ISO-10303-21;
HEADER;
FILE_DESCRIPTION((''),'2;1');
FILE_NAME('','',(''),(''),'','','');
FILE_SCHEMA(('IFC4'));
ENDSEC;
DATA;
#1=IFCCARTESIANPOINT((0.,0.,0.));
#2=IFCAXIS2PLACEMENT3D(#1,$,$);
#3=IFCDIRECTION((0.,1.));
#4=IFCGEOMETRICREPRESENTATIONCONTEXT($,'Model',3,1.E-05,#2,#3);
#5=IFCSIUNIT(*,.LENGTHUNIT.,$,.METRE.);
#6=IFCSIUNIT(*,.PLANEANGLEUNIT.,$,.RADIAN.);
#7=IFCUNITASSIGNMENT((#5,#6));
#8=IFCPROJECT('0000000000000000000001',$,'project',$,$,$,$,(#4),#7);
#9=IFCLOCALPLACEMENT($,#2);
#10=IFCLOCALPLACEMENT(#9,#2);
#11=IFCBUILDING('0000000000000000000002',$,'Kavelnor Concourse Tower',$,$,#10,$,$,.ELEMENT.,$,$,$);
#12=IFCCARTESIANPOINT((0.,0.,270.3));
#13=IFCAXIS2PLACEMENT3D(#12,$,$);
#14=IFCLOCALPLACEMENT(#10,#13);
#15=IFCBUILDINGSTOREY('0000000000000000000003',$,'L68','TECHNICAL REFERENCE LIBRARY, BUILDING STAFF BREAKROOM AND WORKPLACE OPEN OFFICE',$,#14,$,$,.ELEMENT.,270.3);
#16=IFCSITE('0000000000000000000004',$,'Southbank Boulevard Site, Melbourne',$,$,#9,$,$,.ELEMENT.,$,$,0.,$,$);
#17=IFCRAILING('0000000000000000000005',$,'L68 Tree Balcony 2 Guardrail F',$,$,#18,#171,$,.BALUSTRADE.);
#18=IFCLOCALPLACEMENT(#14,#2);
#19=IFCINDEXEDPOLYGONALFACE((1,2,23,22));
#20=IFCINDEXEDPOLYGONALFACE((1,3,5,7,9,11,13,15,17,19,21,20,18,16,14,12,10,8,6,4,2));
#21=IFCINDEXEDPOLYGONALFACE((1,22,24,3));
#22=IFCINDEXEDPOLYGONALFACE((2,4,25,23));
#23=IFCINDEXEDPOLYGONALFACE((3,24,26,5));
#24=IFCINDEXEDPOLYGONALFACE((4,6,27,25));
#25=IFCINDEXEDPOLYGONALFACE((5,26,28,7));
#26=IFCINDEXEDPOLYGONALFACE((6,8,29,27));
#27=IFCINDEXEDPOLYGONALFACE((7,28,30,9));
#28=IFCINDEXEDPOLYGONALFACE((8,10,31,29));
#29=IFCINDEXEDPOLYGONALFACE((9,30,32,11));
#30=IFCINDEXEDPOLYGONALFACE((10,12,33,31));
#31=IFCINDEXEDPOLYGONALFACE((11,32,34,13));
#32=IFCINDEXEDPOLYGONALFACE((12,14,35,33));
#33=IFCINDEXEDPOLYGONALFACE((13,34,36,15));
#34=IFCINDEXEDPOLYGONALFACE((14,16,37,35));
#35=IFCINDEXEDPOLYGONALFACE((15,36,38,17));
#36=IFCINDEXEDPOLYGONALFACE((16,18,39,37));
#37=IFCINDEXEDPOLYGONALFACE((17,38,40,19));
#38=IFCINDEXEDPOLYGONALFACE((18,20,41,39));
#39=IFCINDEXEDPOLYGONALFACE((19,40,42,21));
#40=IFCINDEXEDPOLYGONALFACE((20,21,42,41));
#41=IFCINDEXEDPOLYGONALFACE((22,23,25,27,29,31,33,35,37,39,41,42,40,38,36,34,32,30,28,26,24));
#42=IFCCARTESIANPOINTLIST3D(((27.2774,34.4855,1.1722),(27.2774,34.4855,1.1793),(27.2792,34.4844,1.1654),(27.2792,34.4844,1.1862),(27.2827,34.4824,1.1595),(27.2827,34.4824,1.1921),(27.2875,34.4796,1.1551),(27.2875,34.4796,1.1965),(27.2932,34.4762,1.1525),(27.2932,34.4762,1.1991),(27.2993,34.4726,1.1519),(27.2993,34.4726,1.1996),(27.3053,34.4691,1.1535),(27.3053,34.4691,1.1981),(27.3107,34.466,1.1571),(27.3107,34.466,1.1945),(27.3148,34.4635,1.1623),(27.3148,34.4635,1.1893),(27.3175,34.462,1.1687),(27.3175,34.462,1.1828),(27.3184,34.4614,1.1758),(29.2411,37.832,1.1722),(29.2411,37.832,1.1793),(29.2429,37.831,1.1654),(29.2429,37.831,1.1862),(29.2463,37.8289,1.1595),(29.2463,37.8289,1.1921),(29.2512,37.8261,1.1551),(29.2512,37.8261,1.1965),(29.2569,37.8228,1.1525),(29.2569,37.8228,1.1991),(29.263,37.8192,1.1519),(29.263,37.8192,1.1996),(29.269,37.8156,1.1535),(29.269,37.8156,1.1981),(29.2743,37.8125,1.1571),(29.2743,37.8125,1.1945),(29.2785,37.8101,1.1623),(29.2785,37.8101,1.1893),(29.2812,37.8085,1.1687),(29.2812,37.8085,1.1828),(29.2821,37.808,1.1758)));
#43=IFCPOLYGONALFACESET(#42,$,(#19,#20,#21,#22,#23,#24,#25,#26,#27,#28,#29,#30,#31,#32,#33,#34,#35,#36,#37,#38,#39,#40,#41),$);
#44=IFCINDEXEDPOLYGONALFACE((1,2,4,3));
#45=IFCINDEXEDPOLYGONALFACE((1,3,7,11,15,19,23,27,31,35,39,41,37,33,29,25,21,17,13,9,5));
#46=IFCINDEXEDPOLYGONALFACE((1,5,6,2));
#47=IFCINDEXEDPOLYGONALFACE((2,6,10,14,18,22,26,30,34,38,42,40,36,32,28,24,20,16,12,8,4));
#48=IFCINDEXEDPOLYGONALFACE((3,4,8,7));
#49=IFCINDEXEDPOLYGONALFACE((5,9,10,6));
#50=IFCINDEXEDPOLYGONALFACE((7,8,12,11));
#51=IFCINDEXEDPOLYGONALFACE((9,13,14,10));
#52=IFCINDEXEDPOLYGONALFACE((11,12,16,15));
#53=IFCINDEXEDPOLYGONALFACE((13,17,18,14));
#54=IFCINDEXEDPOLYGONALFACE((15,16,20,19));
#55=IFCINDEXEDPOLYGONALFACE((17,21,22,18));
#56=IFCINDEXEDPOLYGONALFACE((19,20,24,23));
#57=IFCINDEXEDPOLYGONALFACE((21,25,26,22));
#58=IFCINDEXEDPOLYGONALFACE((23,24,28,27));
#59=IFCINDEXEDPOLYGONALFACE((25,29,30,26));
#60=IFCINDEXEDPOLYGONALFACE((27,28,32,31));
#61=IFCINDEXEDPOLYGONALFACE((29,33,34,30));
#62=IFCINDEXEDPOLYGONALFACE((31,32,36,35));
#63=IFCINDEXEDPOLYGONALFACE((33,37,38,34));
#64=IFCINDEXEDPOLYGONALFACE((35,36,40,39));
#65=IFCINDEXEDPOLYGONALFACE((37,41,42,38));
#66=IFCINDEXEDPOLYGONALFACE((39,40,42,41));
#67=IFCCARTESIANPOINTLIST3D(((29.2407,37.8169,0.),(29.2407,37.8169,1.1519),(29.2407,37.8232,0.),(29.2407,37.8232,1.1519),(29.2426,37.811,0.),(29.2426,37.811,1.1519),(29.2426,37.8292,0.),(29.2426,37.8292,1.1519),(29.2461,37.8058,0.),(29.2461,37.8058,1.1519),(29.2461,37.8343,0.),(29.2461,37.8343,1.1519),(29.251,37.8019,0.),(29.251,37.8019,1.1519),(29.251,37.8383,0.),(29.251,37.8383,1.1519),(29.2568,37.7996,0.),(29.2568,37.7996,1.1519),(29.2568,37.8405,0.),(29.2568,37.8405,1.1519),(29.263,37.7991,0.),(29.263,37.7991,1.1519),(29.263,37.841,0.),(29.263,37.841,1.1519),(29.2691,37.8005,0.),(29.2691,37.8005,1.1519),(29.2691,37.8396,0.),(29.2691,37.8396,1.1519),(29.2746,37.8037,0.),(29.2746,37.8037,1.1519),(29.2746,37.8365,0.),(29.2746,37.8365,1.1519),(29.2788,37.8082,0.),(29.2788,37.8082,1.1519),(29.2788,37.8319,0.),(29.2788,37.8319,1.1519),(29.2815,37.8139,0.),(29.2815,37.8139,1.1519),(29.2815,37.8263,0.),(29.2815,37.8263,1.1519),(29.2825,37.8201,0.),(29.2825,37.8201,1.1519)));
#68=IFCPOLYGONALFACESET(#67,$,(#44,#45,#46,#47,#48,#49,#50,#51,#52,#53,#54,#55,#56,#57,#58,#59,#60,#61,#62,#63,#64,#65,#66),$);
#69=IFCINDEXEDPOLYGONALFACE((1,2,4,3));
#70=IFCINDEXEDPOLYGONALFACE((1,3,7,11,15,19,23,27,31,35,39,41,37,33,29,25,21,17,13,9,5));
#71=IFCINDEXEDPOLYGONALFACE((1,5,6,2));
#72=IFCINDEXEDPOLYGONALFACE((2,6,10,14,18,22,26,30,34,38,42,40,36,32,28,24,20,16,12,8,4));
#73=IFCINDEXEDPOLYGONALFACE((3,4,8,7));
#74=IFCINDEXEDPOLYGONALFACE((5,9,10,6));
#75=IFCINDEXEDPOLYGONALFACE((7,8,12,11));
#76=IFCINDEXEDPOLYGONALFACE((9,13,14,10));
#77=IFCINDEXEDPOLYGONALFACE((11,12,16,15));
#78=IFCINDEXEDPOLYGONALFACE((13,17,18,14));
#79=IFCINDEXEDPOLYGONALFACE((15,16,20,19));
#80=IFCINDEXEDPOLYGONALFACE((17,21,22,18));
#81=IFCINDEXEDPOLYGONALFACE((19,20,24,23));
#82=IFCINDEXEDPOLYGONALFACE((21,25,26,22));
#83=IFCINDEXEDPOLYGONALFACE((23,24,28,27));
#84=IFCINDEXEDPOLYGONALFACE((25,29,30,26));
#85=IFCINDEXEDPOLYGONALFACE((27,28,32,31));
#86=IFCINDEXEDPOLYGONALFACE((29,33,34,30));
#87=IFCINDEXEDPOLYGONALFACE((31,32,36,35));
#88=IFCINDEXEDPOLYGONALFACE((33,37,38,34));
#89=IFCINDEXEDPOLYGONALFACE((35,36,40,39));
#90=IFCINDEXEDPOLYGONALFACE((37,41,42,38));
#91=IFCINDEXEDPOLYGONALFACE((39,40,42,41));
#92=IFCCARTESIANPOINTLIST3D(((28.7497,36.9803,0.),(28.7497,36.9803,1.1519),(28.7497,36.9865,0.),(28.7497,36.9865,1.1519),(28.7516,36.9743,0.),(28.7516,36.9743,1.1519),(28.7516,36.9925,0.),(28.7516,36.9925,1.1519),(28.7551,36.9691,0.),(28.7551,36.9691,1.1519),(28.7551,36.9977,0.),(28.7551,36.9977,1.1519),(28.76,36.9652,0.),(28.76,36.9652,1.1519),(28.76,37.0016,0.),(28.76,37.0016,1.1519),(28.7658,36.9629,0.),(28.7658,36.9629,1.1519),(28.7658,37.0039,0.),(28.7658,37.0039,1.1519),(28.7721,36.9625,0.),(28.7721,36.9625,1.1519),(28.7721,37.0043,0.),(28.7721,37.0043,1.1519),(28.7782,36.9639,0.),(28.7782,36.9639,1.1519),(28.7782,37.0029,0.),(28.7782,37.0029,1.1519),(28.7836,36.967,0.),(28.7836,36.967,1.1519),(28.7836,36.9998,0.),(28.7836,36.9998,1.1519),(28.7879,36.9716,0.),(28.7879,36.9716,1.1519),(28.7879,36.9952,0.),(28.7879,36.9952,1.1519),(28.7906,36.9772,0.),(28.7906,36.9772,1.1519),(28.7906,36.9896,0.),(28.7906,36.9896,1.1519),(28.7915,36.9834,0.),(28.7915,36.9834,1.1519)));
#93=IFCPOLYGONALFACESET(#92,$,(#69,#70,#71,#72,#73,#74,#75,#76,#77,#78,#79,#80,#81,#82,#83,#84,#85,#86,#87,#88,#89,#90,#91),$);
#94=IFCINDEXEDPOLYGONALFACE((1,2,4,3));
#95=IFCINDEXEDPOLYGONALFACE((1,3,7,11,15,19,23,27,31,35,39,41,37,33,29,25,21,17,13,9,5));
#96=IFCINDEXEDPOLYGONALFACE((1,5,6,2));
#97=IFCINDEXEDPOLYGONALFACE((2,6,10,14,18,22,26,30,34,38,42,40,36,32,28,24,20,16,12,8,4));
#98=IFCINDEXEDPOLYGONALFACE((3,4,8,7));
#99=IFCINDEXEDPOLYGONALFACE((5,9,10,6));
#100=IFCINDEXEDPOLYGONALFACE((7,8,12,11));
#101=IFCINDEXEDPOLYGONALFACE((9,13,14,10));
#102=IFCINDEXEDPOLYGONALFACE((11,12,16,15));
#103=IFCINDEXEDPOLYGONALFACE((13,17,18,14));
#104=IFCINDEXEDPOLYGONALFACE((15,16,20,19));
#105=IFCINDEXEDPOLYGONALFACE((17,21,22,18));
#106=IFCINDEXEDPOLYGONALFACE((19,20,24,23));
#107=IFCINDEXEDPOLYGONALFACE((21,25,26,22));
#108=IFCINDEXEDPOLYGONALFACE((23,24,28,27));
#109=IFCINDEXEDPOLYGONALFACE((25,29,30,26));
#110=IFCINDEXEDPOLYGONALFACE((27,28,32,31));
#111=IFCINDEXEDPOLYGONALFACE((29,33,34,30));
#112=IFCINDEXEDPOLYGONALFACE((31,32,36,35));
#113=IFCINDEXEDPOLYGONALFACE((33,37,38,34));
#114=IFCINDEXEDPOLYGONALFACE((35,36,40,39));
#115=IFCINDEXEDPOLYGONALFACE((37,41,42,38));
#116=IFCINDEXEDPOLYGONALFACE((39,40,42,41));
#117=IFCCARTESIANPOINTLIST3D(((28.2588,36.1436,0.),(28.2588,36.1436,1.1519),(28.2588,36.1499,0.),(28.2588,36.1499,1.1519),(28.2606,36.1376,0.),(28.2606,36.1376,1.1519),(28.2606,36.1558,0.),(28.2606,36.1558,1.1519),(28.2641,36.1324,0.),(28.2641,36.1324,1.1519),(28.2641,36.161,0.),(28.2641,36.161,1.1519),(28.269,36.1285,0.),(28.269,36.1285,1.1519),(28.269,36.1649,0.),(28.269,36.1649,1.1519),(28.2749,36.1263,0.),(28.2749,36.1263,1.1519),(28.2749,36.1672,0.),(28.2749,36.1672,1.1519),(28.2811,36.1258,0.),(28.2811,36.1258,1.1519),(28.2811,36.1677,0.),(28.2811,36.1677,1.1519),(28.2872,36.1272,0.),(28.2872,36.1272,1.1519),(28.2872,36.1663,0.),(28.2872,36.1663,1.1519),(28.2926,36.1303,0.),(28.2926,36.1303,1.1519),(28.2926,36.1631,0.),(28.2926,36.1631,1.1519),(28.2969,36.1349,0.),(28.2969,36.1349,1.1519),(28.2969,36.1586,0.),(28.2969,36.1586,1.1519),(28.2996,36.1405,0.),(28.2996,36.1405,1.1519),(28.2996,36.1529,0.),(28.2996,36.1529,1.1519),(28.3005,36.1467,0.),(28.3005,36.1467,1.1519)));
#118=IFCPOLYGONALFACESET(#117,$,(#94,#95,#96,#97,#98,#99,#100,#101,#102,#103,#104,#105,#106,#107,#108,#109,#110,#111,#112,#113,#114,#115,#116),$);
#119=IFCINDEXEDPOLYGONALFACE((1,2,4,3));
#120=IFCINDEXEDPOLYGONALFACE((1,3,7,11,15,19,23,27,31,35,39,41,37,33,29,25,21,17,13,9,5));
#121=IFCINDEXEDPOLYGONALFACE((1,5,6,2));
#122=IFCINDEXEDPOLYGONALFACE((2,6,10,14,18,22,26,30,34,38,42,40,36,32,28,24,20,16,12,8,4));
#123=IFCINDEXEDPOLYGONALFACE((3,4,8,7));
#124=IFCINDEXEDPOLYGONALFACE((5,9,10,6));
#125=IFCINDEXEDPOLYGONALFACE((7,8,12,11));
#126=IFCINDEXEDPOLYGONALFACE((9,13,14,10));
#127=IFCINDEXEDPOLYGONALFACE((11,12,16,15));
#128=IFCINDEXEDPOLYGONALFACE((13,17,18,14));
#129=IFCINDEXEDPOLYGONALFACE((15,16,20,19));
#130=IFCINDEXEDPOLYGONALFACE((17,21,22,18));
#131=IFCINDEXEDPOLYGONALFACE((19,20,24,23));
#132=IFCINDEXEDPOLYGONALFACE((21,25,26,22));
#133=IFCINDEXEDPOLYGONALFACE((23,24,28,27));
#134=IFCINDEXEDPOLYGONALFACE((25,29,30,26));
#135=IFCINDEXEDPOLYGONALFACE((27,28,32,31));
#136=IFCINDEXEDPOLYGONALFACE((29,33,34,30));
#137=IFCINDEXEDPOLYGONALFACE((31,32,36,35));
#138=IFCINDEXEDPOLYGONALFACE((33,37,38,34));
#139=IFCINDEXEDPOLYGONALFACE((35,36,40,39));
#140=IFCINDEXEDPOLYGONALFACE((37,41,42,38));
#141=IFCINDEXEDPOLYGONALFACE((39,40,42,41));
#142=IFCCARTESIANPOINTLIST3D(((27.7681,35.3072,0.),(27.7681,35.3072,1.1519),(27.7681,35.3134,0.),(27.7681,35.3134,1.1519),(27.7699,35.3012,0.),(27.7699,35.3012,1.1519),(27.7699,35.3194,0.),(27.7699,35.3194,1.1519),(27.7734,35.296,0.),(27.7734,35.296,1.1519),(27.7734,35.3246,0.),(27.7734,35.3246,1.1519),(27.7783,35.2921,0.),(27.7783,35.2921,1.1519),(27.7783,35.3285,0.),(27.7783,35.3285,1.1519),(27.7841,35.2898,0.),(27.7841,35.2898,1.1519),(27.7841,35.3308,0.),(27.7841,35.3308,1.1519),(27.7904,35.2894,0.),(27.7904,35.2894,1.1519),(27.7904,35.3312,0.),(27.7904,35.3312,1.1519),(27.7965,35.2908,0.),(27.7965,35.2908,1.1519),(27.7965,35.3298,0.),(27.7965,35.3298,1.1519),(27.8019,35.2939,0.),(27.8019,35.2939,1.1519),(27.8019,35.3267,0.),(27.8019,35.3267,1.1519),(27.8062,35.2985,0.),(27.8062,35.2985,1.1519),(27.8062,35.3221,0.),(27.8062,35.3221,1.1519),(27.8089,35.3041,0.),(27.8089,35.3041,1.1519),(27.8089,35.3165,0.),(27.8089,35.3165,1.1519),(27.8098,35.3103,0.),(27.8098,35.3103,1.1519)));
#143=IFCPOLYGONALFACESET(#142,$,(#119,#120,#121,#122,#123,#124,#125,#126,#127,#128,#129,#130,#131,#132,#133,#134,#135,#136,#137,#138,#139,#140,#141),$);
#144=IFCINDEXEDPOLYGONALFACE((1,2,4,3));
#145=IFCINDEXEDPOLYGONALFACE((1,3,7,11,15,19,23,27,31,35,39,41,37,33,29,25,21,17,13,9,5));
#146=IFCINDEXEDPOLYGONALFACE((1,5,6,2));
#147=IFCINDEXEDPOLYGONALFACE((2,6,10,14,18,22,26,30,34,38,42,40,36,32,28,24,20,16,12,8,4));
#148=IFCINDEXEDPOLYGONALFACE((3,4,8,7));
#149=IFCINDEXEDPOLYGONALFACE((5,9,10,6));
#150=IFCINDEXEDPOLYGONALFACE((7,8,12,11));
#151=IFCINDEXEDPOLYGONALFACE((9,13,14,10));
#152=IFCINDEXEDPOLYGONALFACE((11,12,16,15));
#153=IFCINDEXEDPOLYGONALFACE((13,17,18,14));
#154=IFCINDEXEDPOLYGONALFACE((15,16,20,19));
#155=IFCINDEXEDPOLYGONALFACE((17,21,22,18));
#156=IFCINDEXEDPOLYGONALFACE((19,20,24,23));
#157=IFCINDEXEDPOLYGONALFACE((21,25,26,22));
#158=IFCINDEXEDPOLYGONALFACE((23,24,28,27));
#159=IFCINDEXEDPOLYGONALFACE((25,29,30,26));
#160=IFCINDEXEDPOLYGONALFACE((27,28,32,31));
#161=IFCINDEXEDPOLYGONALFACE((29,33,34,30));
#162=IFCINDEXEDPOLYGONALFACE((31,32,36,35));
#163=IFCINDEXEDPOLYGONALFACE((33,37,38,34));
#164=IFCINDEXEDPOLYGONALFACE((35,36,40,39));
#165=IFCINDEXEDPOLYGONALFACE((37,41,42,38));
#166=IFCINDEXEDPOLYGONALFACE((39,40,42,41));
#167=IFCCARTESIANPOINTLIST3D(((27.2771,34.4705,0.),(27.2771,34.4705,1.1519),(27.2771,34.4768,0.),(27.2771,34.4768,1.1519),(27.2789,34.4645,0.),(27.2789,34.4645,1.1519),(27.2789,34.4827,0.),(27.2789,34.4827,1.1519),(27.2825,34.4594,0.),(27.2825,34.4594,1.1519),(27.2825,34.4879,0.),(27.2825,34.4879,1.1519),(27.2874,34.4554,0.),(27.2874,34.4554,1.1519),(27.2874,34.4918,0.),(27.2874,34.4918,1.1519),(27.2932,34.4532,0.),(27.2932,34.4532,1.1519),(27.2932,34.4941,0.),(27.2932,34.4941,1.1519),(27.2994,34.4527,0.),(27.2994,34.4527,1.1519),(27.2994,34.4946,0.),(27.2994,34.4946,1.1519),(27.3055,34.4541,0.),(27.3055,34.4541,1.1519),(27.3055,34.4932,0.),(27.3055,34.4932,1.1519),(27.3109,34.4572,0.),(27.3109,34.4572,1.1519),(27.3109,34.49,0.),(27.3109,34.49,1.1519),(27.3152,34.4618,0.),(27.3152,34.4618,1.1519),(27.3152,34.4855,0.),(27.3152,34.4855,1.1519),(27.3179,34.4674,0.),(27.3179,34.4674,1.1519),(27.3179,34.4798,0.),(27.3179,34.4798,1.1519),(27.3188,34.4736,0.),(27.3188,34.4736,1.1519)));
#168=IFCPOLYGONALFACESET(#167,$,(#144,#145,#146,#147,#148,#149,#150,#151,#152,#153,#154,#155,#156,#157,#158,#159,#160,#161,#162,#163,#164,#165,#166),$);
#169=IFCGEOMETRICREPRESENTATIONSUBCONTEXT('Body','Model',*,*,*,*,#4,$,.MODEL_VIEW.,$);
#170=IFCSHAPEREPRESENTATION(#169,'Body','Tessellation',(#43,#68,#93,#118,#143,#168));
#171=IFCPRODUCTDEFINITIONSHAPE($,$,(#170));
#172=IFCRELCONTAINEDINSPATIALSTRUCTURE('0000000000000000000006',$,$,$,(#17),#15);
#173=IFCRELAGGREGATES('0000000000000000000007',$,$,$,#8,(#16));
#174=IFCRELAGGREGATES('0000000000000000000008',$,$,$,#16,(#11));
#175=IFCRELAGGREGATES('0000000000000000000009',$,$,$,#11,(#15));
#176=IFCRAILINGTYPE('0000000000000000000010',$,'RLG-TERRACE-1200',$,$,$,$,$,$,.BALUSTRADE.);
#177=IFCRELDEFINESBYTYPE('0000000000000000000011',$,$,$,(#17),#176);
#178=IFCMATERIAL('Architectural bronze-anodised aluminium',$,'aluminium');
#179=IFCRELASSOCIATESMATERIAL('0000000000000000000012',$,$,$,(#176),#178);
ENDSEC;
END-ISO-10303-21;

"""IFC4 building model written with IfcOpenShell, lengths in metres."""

from ifc_helpers import new_model, si_unit, direction, frame, origin, origin_2d, place, context, subcontext, project, spatial, circle, extrude, material, type_object, element, save


model = new_model("IFC4")

# Units and contexts
model_context = context("Model", 3, precision=1e-05, world=origin(), true_north=direction((0.0, 1.0)))
body_context = subcontext(model_context, "Body", "Model", "MODEL_VIEW")
ifc_project = project(units=[si_unit("LENGTHUNIT", "METRE"), si_unit("PLANEANGLEUNIT", "RADIAN")], contexts=[model_context])

# Site, building, storey
site_placement = place(None, origin())
site = spatial("IfcSite", under=ifc_project, at=site_placement, Name="Southbank Boulevard Site, Melbourne", CompositionType="ELEMENT", RefElevation=0.0)
building_placement = place(site_placement, origin())
building = spatial("IfcBuilding", under=site, at=building_placement, Name="Kavelnor Concourse Tower", CompositionType="ELEMENT")
storey_placement = place(building_placement, frame((0.0, 0.0, 270.3)))
storey = spatial("IfcBuildingStorey", under=building, at=storey_placement, Name="L68", Description="TECHNICAL REFERENCE LIBRARY, BUILDING STAFF BREAKROOM AND WORKPLACE OPEN OFFICE", CompositionType="ELEMENT", Elevation=270.3)

# Railing
ifc_material_1 = material(Name="Architectural bronze-anodised aluminium", Category="aluminium")
railing_type = type_object("IfcRailingType", Name="RLG-TERRACE-1200", PredefinedType="BALUSTRADE", material=ifc_material_1)
railing_1_placement = place(storey_placement, frame((29.2615, 37.8201, 0.0)))
element("IfcRailing", 1, at=railing_1_placement, inside=storey, type_object=railing_type, Name="L68 Tree Balcony 2 Guardrail F", PredefinedType="BALUSTRADE", context=body_context, shape_type="SweptSolid", body=[
    extrude(circle(Radius=0.0239, at=origin_2d()), frame((0.0, 0.0, 1.1758), z_axis=(-0.506088, -0.862482, 0.0), x_axis=(0.862482, -0.506088, 0.0)), (0.0, 0.0, 1.0), 3.8801),
    extrude(circle(Radius=0.021, at=origin_2d()), origin(), (0.0, 0.0, 1.0), 1.1519),
    extrude(circle(Radius=0.021, at=origin_2d()), frame((-0.491, -0.8367, 0.0)), (0.0, 0.0, 1.0), 1.1519),
    extrude(circle(Radius=0.021, at=origin_2d()), frame((-0.9819, -1.6733, 0.0)), (0.0, 0.0, 1.0), 1.1519),
    extrude(circle(Radius=0.021, at=origin_2d()), frame((-1.4727, -2.5098, 0.0)), (0.0, 0.0, 1.0), 1.1519),
    extrude(circle(Radius=0.021, at=origin_2d()), frame((-1.9636, -3.3464, 0.0)), (0.0, 0.0, 1.0), 1.1519),
])

save(model, "model.ifc")
